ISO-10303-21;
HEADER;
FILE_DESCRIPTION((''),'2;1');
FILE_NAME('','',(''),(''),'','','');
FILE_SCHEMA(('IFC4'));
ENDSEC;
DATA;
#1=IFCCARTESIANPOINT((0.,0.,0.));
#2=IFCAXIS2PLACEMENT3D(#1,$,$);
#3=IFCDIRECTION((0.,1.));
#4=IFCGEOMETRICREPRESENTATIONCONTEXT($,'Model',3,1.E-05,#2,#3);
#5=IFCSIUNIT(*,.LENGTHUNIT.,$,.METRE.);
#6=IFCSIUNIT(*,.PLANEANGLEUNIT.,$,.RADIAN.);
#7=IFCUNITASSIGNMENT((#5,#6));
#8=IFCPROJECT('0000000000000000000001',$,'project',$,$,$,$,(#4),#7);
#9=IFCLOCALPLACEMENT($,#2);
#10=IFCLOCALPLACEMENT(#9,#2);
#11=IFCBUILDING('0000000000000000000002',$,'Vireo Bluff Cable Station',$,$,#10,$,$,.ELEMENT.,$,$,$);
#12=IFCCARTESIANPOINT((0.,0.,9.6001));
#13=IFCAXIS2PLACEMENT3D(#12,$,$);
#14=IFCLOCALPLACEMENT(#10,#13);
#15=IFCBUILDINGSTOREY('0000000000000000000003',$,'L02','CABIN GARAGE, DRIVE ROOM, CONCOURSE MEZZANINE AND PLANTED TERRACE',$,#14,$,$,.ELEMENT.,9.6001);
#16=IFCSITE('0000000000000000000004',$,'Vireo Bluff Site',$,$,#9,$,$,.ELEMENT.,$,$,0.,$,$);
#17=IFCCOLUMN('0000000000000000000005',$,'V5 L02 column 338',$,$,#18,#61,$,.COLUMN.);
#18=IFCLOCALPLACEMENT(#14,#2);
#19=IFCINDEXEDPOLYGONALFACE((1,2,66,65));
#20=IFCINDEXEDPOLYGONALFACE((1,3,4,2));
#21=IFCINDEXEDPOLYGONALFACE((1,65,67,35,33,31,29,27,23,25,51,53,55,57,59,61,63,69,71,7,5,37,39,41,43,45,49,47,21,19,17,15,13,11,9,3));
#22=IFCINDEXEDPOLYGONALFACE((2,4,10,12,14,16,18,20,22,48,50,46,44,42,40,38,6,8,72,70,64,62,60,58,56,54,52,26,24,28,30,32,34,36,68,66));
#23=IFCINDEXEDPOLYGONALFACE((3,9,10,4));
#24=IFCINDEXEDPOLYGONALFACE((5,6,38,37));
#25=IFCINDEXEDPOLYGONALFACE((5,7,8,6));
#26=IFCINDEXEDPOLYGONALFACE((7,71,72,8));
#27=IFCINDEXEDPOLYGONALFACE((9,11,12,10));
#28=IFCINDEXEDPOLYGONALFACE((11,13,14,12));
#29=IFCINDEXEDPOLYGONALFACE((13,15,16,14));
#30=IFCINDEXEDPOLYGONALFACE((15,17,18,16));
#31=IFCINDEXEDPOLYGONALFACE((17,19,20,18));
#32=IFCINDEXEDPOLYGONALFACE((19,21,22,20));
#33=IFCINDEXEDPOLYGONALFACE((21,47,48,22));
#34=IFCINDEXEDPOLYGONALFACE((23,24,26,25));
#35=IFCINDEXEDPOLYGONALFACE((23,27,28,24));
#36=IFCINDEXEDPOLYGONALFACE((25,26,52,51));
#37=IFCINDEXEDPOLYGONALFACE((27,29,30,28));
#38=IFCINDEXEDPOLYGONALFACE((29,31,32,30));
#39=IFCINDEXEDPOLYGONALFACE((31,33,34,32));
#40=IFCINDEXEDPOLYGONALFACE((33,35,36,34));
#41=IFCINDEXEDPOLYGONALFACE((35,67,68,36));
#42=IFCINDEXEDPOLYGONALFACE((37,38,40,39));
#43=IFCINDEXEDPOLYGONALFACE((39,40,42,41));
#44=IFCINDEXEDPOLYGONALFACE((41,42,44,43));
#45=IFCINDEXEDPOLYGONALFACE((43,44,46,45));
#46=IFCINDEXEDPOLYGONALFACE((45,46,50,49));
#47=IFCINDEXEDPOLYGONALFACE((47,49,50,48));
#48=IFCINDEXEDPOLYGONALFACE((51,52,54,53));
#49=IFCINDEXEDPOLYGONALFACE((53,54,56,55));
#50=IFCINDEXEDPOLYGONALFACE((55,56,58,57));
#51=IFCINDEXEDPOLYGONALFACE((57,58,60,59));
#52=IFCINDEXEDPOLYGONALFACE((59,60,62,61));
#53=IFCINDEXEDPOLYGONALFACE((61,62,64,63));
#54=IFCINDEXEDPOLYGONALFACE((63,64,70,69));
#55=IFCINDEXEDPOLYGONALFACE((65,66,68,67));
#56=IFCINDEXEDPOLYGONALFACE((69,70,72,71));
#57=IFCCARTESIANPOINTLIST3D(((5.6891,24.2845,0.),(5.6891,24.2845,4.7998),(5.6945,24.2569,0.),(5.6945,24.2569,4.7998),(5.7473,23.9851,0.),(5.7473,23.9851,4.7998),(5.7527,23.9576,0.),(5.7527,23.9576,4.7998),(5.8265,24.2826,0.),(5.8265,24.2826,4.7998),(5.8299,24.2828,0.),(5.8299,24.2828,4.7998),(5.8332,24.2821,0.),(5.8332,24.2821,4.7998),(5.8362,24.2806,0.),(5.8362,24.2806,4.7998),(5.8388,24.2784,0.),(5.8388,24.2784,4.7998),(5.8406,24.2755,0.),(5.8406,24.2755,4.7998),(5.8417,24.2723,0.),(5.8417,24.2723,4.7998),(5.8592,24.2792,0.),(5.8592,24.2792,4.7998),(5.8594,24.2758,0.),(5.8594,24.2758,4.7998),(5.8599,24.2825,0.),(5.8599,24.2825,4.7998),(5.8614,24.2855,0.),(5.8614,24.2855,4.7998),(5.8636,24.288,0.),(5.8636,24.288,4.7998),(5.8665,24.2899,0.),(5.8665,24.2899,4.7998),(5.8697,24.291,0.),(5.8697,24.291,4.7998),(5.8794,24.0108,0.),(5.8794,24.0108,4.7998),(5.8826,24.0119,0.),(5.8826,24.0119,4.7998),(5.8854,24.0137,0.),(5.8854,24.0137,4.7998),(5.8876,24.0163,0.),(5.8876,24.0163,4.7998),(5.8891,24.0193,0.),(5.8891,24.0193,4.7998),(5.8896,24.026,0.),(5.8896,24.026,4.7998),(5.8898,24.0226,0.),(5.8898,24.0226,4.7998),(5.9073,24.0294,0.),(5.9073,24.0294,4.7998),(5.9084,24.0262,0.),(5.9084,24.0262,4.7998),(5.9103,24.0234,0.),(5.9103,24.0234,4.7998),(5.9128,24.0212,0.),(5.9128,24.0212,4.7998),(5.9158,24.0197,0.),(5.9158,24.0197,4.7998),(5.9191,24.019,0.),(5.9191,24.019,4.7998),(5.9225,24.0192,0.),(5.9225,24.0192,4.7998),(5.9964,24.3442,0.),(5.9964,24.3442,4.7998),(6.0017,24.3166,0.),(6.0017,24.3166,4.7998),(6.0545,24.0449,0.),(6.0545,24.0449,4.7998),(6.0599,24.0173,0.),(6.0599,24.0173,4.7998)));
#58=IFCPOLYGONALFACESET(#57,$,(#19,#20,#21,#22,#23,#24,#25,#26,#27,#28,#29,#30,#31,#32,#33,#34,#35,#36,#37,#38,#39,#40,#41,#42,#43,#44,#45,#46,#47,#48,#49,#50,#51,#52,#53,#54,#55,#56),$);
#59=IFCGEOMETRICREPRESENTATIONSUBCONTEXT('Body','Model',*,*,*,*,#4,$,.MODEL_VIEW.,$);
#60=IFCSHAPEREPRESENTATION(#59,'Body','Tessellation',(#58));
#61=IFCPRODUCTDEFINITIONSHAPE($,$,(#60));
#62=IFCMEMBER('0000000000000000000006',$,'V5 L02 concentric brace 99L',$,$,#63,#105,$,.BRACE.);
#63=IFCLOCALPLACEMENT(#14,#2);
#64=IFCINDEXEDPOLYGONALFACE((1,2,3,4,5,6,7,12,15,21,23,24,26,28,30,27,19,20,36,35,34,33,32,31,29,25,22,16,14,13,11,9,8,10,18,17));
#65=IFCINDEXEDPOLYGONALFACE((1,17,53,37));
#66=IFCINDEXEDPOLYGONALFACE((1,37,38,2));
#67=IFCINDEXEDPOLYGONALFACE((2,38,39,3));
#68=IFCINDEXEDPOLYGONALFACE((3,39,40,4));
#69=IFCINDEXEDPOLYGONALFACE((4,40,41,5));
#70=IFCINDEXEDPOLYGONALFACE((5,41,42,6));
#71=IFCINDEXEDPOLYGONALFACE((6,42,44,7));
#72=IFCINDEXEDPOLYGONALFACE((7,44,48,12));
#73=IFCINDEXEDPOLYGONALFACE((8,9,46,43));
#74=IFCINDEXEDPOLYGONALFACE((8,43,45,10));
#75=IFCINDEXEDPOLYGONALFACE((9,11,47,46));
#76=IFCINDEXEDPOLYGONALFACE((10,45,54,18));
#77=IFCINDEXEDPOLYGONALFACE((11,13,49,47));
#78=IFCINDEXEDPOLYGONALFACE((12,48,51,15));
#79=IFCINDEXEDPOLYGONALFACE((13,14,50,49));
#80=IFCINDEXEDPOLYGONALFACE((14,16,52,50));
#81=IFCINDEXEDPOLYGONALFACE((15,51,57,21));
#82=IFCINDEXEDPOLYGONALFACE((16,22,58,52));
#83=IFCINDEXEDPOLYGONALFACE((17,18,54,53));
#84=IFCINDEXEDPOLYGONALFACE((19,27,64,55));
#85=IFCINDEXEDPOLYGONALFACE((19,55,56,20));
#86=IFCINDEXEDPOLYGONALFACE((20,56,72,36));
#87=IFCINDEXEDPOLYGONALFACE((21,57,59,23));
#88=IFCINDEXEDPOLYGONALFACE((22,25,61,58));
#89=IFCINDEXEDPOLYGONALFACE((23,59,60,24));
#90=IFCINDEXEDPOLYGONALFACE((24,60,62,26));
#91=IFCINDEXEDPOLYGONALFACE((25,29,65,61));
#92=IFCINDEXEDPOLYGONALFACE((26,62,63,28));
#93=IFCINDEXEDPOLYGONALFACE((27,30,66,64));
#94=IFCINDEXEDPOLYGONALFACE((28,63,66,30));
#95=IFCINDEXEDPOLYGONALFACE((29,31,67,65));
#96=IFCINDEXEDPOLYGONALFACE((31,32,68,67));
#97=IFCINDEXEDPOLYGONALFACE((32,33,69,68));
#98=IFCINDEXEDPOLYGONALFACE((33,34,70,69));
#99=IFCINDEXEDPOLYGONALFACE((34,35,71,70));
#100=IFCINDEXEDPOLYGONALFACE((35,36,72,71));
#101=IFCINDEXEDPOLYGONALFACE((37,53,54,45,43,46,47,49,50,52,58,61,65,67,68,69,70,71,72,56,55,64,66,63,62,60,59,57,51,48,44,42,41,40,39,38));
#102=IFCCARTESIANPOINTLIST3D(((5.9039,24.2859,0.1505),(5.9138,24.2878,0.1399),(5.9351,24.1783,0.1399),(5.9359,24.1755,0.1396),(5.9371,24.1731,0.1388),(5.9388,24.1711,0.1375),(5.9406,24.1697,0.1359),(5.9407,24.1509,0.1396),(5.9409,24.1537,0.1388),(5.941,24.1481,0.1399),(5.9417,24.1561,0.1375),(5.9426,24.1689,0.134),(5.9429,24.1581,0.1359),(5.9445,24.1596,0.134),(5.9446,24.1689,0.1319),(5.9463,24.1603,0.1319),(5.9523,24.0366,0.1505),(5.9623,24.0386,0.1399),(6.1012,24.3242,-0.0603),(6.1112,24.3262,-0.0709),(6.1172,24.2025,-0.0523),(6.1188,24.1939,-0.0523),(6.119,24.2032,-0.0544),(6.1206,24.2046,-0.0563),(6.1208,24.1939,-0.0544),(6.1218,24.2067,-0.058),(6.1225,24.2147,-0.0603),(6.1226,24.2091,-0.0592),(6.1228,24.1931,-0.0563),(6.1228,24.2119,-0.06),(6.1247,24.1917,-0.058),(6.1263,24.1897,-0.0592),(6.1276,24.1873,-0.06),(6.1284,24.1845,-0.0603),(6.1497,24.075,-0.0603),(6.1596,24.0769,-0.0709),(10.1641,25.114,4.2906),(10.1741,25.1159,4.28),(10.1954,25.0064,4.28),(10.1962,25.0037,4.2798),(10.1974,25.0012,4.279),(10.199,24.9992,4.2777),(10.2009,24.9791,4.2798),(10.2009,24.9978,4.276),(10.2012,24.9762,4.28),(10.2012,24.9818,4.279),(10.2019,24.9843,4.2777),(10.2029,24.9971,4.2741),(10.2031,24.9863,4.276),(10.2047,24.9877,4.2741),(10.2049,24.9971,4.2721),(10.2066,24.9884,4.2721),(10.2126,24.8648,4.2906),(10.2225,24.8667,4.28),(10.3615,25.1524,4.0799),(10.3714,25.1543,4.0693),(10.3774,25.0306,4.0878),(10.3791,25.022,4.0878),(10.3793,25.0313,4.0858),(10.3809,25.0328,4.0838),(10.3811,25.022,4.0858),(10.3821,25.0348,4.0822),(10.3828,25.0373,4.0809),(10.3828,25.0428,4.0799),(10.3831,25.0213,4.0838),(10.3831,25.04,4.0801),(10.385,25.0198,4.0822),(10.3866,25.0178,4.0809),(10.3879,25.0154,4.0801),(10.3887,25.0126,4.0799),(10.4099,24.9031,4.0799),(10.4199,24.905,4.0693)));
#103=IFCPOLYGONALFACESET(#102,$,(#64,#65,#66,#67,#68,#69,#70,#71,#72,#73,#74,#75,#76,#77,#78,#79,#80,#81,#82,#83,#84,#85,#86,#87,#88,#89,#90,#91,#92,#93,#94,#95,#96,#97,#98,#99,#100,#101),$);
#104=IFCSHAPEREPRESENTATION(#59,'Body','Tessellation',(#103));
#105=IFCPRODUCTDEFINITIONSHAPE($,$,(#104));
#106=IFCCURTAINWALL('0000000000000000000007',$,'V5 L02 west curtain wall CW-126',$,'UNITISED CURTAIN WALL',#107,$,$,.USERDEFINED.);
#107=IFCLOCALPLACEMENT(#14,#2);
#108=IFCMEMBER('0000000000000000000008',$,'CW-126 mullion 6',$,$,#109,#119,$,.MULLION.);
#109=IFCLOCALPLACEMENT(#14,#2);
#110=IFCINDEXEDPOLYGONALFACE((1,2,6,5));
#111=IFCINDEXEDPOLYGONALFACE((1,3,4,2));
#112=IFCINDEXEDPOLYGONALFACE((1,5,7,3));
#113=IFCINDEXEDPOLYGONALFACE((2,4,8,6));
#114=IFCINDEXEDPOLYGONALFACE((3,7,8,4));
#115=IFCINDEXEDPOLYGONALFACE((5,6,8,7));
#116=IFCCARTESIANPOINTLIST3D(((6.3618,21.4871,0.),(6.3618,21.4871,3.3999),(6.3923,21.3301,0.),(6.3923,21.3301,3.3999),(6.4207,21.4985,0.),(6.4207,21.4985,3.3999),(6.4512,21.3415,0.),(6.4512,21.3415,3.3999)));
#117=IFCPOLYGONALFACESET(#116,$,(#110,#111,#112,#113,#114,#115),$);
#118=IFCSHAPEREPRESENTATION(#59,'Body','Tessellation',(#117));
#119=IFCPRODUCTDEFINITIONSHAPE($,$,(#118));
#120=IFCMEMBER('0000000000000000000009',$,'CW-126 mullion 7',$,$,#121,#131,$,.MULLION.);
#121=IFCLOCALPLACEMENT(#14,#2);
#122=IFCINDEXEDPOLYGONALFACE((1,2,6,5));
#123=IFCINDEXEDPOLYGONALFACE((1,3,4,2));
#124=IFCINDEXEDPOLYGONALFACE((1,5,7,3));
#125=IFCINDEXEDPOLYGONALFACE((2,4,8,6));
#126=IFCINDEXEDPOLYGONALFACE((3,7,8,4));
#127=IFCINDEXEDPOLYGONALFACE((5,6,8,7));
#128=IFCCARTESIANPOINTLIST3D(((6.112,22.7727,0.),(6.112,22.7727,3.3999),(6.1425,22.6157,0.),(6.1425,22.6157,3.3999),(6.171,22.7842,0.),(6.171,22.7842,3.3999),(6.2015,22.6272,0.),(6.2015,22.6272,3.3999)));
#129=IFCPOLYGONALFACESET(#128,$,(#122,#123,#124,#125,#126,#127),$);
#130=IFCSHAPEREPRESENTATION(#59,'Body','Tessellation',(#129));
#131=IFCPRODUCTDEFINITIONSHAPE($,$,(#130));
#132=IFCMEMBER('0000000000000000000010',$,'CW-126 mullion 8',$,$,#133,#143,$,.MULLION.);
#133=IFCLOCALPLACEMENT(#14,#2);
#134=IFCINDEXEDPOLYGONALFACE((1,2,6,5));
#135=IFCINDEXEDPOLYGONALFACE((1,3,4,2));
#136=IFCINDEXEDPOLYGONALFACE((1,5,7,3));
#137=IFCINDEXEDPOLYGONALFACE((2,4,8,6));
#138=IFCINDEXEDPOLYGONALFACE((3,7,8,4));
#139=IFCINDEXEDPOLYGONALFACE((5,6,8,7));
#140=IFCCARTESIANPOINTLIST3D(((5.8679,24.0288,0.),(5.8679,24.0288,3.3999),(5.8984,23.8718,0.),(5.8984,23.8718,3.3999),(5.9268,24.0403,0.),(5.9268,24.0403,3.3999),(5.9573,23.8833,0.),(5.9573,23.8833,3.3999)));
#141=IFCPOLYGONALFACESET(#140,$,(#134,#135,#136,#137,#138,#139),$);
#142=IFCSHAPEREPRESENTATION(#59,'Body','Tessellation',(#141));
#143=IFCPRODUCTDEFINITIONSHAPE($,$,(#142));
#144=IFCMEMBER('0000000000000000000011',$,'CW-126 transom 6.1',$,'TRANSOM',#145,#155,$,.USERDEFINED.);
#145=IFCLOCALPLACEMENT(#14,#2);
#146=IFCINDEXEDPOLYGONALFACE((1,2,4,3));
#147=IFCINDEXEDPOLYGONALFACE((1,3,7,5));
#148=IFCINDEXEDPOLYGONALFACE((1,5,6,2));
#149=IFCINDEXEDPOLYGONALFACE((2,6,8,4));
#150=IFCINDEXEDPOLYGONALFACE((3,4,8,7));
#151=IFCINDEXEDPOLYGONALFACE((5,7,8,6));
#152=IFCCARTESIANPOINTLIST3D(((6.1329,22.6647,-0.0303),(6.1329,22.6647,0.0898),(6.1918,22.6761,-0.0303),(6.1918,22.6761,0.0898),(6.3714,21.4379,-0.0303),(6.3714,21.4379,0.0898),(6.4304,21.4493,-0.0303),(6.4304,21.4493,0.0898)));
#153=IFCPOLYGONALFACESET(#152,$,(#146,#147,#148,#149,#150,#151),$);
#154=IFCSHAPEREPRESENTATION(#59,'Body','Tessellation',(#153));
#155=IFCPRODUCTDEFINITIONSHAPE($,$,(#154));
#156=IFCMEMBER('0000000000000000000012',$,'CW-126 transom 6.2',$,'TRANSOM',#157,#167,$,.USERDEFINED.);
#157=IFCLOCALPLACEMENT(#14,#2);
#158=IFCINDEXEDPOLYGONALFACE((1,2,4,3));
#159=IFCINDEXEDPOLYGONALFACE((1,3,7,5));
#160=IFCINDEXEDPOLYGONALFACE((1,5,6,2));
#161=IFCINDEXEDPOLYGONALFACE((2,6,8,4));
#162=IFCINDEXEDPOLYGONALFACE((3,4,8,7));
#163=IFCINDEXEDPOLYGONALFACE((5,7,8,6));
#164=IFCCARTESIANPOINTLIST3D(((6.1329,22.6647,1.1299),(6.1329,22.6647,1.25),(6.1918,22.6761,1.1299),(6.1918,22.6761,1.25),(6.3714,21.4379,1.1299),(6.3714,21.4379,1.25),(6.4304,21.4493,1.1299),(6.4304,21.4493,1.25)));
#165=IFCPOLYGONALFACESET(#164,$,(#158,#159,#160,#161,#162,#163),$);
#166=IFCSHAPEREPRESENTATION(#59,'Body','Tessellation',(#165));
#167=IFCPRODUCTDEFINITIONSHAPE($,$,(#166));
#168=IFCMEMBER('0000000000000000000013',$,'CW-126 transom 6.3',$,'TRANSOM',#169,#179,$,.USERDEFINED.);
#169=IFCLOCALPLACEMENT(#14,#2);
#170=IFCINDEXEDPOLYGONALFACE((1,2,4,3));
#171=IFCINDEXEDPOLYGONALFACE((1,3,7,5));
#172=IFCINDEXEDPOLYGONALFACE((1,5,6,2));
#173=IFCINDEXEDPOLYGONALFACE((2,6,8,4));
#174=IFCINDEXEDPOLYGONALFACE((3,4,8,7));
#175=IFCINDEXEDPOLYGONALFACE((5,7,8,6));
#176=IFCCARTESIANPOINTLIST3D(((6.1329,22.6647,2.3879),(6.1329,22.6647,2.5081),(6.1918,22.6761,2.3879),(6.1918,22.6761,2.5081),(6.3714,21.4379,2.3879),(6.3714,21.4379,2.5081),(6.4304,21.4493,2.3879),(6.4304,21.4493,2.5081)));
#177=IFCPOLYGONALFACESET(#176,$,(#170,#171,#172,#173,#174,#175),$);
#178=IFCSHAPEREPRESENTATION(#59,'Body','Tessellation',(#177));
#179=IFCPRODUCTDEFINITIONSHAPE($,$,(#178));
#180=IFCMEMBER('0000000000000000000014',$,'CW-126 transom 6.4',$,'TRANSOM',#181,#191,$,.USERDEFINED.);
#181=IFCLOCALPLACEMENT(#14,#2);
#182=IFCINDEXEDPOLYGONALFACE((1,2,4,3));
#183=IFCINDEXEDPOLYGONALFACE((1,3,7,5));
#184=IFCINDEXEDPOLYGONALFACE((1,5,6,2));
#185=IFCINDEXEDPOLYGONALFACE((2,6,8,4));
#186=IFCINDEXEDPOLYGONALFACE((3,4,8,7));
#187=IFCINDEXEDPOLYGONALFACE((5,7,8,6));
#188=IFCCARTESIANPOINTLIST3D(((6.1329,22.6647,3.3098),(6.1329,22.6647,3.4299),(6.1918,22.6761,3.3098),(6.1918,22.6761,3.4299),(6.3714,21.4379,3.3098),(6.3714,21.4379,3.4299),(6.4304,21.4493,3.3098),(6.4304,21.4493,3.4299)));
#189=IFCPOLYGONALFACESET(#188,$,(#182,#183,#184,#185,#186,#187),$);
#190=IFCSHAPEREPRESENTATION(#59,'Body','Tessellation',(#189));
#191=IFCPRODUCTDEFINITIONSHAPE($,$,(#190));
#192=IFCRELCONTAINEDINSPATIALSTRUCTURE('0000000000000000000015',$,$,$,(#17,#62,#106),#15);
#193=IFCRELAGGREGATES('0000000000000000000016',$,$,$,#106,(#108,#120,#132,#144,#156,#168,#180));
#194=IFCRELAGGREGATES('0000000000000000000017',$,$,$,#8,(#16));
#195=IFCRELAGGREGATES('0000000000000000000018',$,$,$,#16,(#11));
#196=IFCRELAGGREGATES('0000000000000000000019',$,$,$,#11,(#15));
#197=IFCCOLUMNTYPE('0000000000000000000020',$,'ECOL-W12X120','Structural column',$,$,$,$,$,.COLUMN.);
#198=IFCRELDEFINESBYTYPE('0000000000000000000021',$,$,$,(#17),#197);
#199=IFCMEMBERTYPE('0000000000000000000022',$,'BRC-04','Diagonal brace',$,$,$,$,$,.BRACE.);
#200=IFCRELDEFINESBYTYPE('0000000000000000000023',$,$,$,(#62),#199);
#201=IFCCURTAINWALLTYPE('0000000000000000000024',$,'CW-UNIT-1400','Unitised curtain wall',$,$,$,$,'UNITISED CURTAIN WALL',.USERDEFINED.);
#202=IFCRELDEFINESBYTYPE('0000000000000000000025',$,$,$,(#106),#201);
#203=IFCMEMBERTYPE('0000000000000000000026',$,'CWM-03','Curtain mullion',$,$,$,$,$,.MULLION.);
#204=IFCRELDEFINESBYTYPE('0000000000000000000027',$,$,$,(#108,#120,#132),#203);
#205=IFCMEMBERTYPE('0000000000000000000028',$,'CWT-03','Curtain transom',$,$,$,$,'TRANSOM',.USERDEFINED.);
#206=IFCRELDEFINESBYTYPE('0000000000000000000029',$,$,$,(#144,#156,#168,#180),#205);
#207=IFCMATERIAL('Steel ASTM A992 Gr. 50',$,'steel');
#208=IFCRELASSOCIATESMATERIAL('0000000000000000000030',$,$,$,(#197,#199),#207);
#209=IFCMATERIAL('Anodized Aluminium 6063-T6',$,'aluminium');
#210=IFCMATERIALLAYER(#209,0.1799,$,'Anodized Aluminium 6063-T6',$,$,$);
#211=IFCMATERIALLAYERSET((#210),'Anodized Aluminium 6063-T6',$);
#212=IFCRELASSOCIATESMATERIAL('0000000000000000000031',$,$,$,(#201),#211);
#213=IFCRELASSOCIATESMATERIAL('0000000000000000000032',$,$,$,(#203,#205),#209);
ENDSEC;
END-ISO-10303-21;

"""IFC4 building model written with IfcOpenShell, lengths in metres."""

from ifc_helpers import new_model, si_unit, direction, frame, origin, origin_2d, place, context, subcontext, project, spatial, rectangle, i_section, extrude, material, layer, layer_set, material_profile, profile_set, type_object, element, aggregate, save


model = new_model("IFC4")

# Units and contexts
model_context = context("Model", 3, precision=1e-05, world=origin(), true_north=direction((0.0, 1.0)))
body_context = subcontext(model_context, "Body", "Model", "MODEL_VIEW")
ifc_project = project(units=[si_unit("LENGTHUNIT", "METRE"), si_unit("PLANEANGLEUNIT", "RADIAN")], contexts=[model_context])

# Site, building, storey
site_placement = place(None, origin())
site = spatial("IfcSite", under=ifc_project, at=site_placement, Name="Vireo Bluff Site", CompositionType="ELEMENT", RefElevation=0.0)
building_placement = place(site_placement, origin())
building = spatial("IfcBuilding", under=site, at=building_placement, Name="Vireo Bluff Cable Station", CompositionType="ELEMENT")
storey_placement = place(building_placement, frame((0.0, 0.0, 9.6001)))
storey = spatial("IfcBuildingStorey", under=building, at=storey_placement, Name="L02", Description="CABIN GARAGE, DRIVE ROOM, CONCOURSE MEZZANINE AND PLANTED TERRACE", CompositionType="ELEMENT", Elevation=9.6001)

# Column
ifc_material_1 = material(Name="Steel ASTM A992 Gr. 50", Category="steel")
ifc_material_profile_1 = material_profile(ifc_material_1, i_section(OverallWidth=0.313, OverallDepth=0.333, WebThickness=0.0181, FlangeThickness=0.0281, FilletRadius=0.0129, at=origin_2d()), Name="W12X120")
ifc_profile_set_1 = profile_set([ifc_material_profile_1], Name="Steel ASTM A992 Gr. 50")
column_type = type_object("IfcColumnType", Name="ECOL-W12X120", Description="Structural column", PredefinedType="COLUMN", material=ifc_profile_set_1)
column_placement = place(storey_placement, frame((5.8745, 24.1509, 0.0), z_axis=(0.0, 0.0, 1.0), x_axis=(0.981627, 0.190809, 0.0)))
element("IfcColumn", 1, at=column_placement, inside=storey, type_object=column_type, Name="V5 L02 column 338", PredefinedType="COLUMN", context=body_context, shape_type="SweptSolid", body=[
    extrude(i_section(OverallWidth=0.313, OverallDepth=0.333, WebThickness=0.0181, FlangeThickness=0.0281, FilletRadius=0.0129, at=origin_2d()), origin(), (0.0, 0.0, 1.0), 4.7998),
])

# Member
ifc_material_profile_2 = material_profile(ifc_material_1, i_section(OverallWidth=0.2539, OverallDepth=0.3059, WebThickness=0.0088, FlangeThickness=0.0146, FilletRadius=0.011, at=origin_2d()), Name="W12X53")
ifc_profile_set_2 = profile_set([ifc_material_profile_2], Name="Steel ASTM A992 Gr. 50")
member_type_1 = type_object("IfcMemberType", Name="BRC-04", Description="Diagonal brace", PredefinedType="BRACE", material=ifc_profile_set_2)
member_1_placement = place(storey_placement, frame((6.0317, 24.1814, 0.0398), z_axis=(0.710276, 0.138066, 0.69025), x_axis=(-0.190812, 0.981627, 0.0)))
element("IfcMember", 2, at=member_1_placement, inside=storey, type_object=member_type_1, Name="V5 L02 concentric brace 99L", PredefinedType="BRACE", context=body_context, shape_type="SweptSolid", body=[
    extrude(i_section(OverallWidth=0.2539, OverallDepth=0.3059, WebThickness=0.0088, FlangeThickness=0.0146, FilletRadius=0.011, at=origin_2d()), origin(), (0.0, 0.0, 1.0), 5.998),
])

# Curtain wall, members
ifc_material_2 = material(Name="Anodized Aluminium 6063-T6", Category="aluminium")
ifc_layer_1 = layer(ifc_material_2, 0.1799, Name="Anodized Aluminium 6063-T6")
ifc_layer_set_1 = layer_set([ifc_layer_1], Name="Anodized Aluminium 6063-T6")
curtain_wall_type = type_object("IfcCurtainWallType", Name="CW-UNIT-1400", Description="Unitised curtain wall", ElementType="UNITISED CURTAIN WALL", PredefinedType="USERDEFINED", material=ifc_layer_set_1)
curtain_wall_placement = place(storey_placement, origin())
curtain_wall = element("IfcCurtainWall", 3, at=curtain_wall_placement, inside=storey, type_object=curtain_wall_type, Name="V5 L02 west curtain wall CW-126", ObjectType="UNITISED CURTAIN WALL", PredefinedType="USERDEFINED")
ifc_material_profile_3 = material_profile(ifc_material_2, rectangle(XDim=0.0601, YDim=0.1599, at=origin_2d()), Name="ALU-M-60X160")
ifc_profile_set_3 = profile_set([ifc_material_profile_3], Name="Anodized Aluminium 6063-T6")
member_type_2 = type_object("IfcMemberType", Name="CWM-03", Description="Curtain mullion", PredefinedType="MULLION", material=ifc_profile_set_3)
member_2_placement = place(storey_placement, frame((6.4065, 21.4143, 0.0), z_axis=(0.0, 0.0, 1.0), x_axis=(-0.981627, -0.190809, 0.0)))
member_2 = element("IfcMember", 4, at=member_2_placement, type_object=member_type_2, Name="CW-126 mullion 6", PredefinedType="MULLION", context=body_context, shape_type="SweptSolid", body=[
    extrude(rectangle(XDim=0.0601, YDim=0.1599, at=origin_2d()), origin(), (0.0, 0.0, 1.0), 3.3999),
])
member_3_placement = place(storey_placement, frame((6.1567, 22.7, 0.0), z_axis=(0.0, 0.0, 1.0), x_axis=(-0.981627, -0.190809, 0.0)))
member_3 = element("IfcMember", 5, at=member_3_placement, type_object=member_type_2, Name="CW-126 mullion 7", PredefinedType="MULLION", context=body_context, shape_type="SweptSolid", body=[
    extrude(rectangle(XDim=0.0601, YDim=0.1599, at=origin_2d()), origin(), (0.0, 0.0, 1.0), 3.3999),
])
member_4_placement = place(storey_placement, frame((5.9126, 23.9561, 0.0), z_axis=(0.0, 0.0, 1.0), x_axis=(-0.981627, -0.190809, 0.0)))
member_4 = element("IfcMember", 6, at=member_4_placement, type_object=member_type_2, Name="CW-126 mullion 8", PredefinedType="MULLION", context=body_context, shape_type="SweptSolid", body=[
    extrude(rectangle(XDim=0.0601, YDim=0.1599, at=origin_2d()), origin(), (0.0, 0.0, 1.0), 3.3999),
])
ifc_material_profile_4 = material_profile(ifc_material_2, rectangle(XDim=0.0601, YDim=0.1201, at=origin_2d()), Name="ALU-T-60X120")
ifc_profile_set_4 = profile_set([ifc_material_profile_4], Name="Anodized Aluminium 6063-T6")
member_type_3 = type_object("IfcMemberType", Name="CWT-03", Description="Curtain transom", ElementType="TRANSOM", PredefinedType="USERDEFINED", material=ifc_profile_set_4)
member_5_placement = place(storey_placement, frame((6.4009, 21.4436, 0.0298), z_axis=(-0.190854, 0.981618, 0.0), x_axis=(-0.981618, -0.190854, 0.0)))
member_5 = element("IfcMember", 7, at=member_5_placement, type_object=member_type_3, Name="CW-126 transom 6.1", ObjectType="TRANSOM", PredefinedType="USERDEFINED", context=body_context, shape_type="SweptSolid", body=[
    extrude(rectangle(XDim=0.0601, YDim=0.1201, at=origin_2d()), origin(), (0.0, 0.0, 1.0), 1.2498),
])
member_6_placement = place(storey_placement, frame((6.4009, 21.4436, 1.1899), z_axis=(-0.190854, 0.981618, 0.0), x_axis=(-0.981618, -0.190854, 0.0)))
member_6 = element("IfcMember", 8, at=member_6_placement, type_object=member_type_3, Name="CW-126 transom 6.2", ObjectType="TRANSOM", PredefinedType="USERDEFINED", context=body_context, shape_type="SweptSolid", body=[
    extrude(rectangle(XDim=0.0601, YDim=0.1201, at=origin_2d()), origin(), (0.0, 0.0, 1.0), 1.2498),
])
member_7_placement = place(storey_placement, frame((6.4009, 21.4436, 2.448), z_axis=(-0.190854, 0.981618, 0.0), x_axis=(-0.981618, -0.190854, 0.0)))
member_7 = element("IfcMember", 9, at=member_7_placement, type_object=member_type_3, Name="CW-126 transom 6.3", ObjectType="TRANSOM", PredefinedType="USERDEFINED", context=body_context, shape_type="SweptSolid", body=[
    extrude(rectangle(XDim=0.0601, YDim=0.1201, at=origin_2d()), origin(), (0.0, 0.0, 1.0), 1.2498),
])
member_8_placement = place(storey_placement, frame((6.4009, 21.4436, 3.3699), z_axis=(-0.190854, 0.981618, 0.0), x_axis=(-0.981618, -0.190854, 0.0)))
member_8 = element("IfcMember", 10, at=member_8_placement, type_object=member_type_3, Name="CW-126 transom 6.4", ObjectType="TRANSOM", PredefinedType="USERDEFINED", context=body_context, shape_type="SweptSolid", body=[
    extrude(rectangle(XDim=0.0601, YDim=0.1201, at=origin_2d()), origin(), (0.0, 0.0, 1.0), 1.2498),
])

aggregate(curtain_wall, [member_2, member_3, member_4, member_5, member_6, member_7, member_8])

save(model, "model.ifc")
